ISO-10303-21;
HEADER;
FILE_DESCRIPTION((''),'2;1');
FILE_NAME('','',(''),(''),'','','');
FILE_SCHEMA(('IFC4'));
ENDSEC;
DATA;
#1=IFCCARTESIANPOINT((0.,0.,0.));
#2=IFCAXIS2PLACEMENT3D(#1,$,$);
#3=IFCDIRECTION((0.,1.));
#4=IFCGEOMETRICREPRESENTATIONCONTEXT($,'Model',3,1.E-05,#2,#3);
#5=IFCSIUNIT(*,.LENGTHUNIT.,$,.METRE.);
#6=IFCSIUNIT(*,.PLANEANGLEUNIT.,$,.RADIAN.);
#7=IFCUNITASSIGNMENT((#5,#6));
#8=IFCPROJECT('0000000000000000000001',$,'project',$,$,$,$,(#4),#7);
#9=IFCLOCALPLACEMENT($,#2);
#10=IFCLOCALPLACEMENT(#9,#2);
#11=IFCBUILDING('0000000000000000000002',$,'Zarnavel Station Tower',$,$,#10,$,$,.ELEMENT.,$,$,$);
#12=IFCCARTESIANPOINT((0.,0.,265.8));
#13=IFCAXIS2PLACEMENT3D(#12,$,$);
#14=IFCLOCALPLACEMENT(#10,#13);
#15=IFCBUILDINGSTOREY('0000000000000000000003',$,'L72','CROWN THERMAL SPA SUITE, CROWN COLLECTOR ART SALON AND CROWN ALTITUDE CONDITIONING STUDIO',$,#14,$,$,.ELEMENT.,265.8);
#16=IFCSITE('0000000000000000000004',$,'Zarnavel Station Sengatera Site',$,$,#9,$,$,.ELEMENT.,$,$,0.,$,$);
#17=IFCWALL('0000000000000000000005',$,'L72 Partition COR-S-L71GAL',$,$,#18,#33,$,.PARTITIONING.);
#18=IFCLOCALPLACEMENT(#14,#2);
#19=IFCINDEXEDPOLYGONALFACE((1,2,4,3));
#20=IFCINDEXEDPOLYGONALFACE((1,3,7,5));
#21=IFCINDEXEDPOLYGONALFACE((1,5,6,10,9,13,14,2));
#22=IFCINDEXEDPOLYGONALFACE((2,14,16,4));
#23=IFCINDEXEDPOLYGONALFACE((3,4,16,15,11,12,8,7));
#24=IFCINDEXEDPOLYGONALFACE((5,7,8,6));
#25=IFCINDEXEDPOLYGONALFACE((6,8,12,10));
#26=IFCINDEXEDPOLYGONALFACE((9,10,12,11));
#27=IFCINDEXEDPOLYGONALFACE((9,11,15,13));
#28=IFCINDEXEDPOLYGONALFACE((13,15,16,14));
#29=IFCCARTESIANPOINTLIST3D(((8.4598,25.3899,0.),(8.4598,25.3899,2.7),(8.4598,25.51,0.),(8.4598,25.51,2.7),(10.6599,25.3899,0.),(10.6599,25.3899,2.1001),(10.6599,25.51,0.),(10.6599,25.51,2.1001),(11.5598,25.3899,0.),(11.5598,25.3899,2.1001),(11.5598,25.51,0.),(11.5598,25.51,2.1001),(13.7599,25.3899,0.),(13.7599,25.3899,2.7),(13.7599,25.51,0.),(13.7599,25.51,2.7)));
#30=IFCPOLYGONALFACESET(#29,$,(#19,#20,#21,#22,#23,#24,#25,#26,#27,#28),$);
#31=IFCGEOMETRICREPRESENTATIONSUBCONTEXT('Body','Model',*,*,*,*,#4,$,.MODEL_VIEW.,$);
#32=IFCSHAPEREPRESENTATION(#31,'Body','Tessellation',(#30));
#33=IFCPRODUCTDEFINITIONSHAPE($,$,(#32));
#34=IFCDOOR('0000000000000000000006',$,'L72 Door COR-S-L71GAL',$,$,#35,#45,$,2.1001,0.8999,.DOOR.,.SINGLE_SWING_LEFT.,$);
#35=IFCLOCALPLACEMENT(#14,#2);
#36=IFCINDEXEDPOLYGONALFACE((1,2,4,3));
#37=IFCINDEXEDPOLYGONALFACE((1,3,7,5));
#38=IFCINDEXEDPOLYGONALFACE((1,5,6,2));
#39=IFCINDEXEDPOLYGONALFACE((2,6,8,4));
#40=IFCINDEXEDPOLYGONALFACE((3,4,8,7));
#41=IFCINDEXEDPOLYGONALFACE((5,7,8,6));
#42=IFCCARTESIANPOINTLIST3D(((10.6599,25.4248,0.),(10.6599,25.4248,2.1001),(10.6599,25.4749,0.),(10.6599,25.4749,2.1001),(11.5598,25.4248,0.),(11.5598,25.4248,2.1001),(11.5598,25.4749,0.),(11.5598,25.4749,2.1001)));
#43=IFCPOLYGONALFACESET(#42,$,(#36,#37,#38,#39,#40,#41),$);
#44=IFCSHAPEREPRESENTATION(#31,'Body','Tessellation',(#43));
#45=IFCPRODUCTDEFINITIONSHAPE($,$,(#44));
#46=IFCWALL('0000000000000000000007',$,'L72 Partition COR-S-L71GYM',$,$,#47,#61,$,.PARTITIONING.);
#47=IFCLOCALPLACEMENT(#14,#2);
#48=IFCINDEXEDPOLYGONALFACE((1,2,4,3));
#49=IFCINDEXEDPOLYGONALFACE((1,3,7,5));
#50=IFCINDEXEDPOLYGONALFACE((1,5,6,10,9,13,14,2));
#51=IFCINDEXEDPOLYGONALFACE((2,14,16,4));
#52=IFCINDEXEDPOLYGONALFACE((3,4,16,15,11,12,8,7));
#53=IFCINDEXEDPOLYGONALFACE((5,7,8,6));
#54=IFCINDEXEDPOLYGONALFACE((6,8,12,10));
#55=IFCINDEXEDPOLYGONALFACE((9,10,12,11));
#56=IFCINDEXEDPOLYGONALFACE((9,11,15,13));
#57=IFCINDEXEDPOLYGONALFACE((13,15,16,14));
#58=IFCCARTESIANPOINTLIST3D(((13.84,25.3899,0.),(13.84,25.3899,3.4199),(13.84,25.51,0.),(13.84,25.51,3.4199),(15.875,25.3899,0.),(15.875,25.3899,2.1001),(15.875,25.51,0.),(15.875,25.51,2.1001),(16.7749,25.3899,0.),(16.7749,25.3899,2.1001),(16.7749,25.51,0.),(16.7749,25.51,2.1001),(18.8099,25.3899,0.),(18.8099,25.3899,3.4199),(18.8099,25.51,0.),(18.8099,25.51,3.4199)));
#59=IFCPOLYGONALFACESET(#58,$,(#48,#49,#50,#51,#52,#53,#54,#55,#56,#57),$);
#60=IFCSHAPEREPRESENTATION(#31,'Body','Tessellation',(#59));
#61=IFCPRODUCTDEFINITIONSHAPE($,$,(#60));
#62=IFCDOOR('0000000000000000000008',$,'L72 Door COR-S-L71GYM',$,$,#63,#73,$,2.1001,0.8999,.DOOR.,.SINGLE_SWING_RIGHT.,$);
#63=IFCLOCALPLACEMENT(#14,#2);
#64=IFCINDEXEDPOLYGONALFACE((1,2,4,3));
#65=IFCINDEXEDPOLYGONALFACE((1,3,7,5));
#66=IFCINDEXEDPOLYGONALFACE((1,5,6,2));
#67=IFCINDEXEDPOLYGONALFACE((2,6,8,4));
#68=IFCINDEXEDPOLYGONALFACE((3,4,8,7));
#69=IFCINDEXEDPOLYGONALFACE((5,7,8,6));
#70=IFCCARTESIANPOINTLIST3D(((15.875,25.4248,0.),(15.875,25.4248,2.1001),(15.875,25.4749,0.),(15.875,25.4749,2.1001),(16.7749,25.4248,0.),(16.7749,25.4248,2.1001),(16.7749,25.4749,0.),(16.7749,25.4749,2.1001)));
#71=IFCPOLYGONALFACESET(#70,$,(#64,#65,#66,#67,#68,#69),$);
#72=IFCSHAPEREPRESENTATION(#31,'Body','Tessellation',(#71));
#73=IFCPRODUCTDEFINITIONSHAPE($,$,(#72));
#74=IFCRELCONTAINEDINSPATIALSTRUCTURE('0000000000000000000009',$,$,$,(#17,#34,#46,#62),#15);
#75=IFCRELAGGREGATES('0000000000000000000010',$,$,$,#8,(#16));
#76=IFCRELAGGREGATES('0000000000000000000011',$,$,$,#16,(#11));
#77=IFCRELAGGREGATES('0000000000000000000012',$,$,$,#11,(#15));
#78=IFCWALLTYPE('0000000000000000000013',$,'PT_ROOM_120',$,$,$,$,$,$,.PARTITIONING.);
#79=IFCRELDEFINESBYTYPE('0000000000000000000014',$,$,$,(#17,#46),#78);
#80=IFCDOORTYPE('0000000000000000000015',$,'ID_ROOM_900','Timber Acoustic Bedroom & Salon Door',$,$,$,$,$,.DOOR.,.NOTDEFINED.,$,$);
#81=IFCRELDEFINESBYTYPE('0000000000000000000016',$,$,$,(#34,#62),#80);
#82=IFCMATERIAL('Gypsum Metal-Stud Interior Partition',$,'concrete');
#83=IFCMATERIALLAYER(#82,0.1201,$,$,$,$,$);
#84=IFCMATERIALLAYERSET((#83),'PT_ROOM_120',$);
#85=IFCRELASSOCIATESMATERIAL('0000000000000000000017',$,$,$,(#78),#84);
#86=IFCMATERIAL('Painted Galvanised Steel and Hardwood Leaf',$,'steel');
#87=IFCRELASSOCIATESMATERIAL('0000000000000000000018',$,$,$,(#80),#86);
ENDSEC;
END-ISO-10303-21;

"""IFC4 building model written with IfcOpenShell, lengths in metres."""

from ifc_helpers import new_model, si_unit, direction, frame, frame_2d, origin, place, context, subcontext, project, spatial, rectangle, extrude, material, layer, layer_set, type_object, element, fill, save


model = new_model("IFC4")

# Units and contexts
model_context = context("Model", 3, precision=1e-05, world=origin(), true_north=direction((0.0, 1.0)))
body_context = subcontext(model_context, "Body", "Model", "MODEL_VIEW")
ifc_project = project(units=[si_unit("LENGTHUNIT", "METRE"), si_unit("PLANEANGLEUNIT", "RADIAN")], contexts=[model_context])

# Site, building, storey
site_placement = place(None, origin())
site = spatial("IfcSite", under=ifc_project, at=site_placement, Name="Zarnavel Station Sengatera Site", CompositionType="ELEMENT", RefElevation=0.0)
building_placement = place(site_placement, origin())
building = spatial("IfcBuilding", under=site, at=building_placement, Name="Zarnavel Station Tower", CompositionType="ELEMENT")
storey_placement = place(building_placement, frame((0.0, 0.0, 265.8)))
storey = spatial("IfcBuildingStorey", under=building, at=storey_placement, Name="L72", Description="CROWN THERMAL SPA SUITE, CROWN COLLECTOR ART SALON AND CROWN ALTITUDE CONDITIONING STUDIO", CompositionType="ELEMENT", Elevation=265.8)

# Walls, openings, doors
ifc_material_1 = material(Name="Gypsum Metal-Stud Interior Partition", Category="concrete")
ifc_layer_1 = layer(ifc_material_1, 0.1201)
ifc_layer_set_1 = layer_set([ifc_layer_1], Name="PT_ROOM_120")
wall_type_1 = type_object("IfcWallType", Name="PT_ROOM_120", PredefinedType="PARTITIONING", material=ifc_layer_set_1)
wall_1_placement = place(storey_placement, frame((8.46, 25.45, 0.0), z_axis=(0.0, 0.0, 1.0), x_axis=(1.0, 0.0, 0.0)))
wall_1 = element("IfcWall", 1, at=wall_1_placement, inside=storey, type_object=wall_type_1, Name="L72 Partition COR-S-L71GAL", PredefinedType="PARTITIONING", context=body_context, shape_type="SweptSolid", body=[
    extrude(rectangle(XDim=5.3, YDim=0.1201, at=frame_2d((2.6499, 0.0))), origin(), (0.0, 0.0, 1.0), 2.7),
])
opening_1_placement = place(wall_1_placement, frame((2.2, 0.0, 0.0)))
opening_1 = element("IfcOpeningElement", 2, at=opening_1_placement, cuts=wall_1, PredefinedType="OPENING", context=body_context, shape_type="SweptSolid", body=[
    extrude(rectangle(XDim=0.8999, YDim=2.1001, at=frame_2d((0.45, 1.05))), frame((0.0, 0.0701, 0.0), z_axis=(0.0, -1.0, 0.0), x_axis=(1.0, 0.0, 0.0)), (0.0, 0.0, 1.0), 0.1401),
])
ifc_material_2 = material(Name="Painted Galvanised Steel and Hardwood Leaf", Category="steel")
door_type_1 = type_object("IfcDoorType", Name="ID_ROOM_900", Description="Timber Acoustic Bedroom & Salon Door", OperationType="NOTDEFINED", PredefinedType="DOOR", material=ifc_material_2)
door_1_placement = place(opening_1_placement, origin())
door_1 = element("IfcDoor", 3, at=door_1_placement, inside=storey, type_object=door_type_1, Name="L72 Door COR-S-L71GAL", OperationType="SINGLE_SWING_LEFT", OverallHeight=2.1001, OverallWidth=0.8999, PredefinedType="DOOR", context=body_context, shape_type="SweptSolid", body=[
    extrude(rectangle(XDim=0.8999, YDim=2.1001, at=frame_2d((0.45, 1.05))), frame((0.0, 0.0249, 0.0), z_axis=(0.0, -1.0, 0.0), x_axis=(1.0, 0.0, 0.0)), (0.0, 0.0, 1.0), 0.05),
])
fill(opening_1, door_1)
wall_2_placement = place(storey_placement, frame((13.8401, 25.45, 0.0), z_axis=(0.0, 0.0, 1.0), x_axis=(1.0, 0.0, 0.0)))
wall_2 = element("IfcWall", 4, at=wall_2_placement, inside=storey, type_object=wall_type_1, Name="L72 Partition COR-S-L71GYM", PredefinedType="PARTITIONING", context=body_context, shape_type="SweptSolid", body=[
    extrude(rectangle(XDim=4.97, YDim=0.1201, at=frame_2d((2.4849, 0.0))), origin(), (0.0, 0.0, 1.0), 3.4199),
])
opening_2_placement = place(wall_2_placement, frame((2.0349, 0.0, 0.0)))
opening_2 = element("IfcOpeningElement", 5, at=opening_2_placement, cuts=wall_2, PredefinedType="OPENING", context=body_context, shape_type="SweptSolid", body=[
    extrude(rectangle(XDim=0.8999, YDim=2.1001, at=frame_2d((0.45, 1.05))), frame((0.0, 0.0701, 0.0), z_axis=(0.0, -1.0, 0.0), x_axis=(1.0, 0.0, 0.0)), (0.0, 0.0, 1.0), 0.1401),
])
door_2_placement = place(opening_2_placement, origin())
door_2 = element("IfcDoor", 6, at=door_2_placement, inside=storey, type_object=door_type_1, Name="L72 Door COR-S-L71GYM", OperationType="SINGLE_SWING_RIGHT", OverallHeight=2.1001, OverallWidth=0.8999, PredefinedType="DOOR", context=body_context, shape_type="SweptSolid", body=[
    extrude(rectangle(XDim=0.8999, YDim=2.1001, at=frame_2d((0.45, 1.05))), frame((0.0, 0.0249, 0.0), z_axis=(0.0, -1.0, 0.0), x_axis=(1.0, 0.0, 0.0)), (0.0, 0.0, 1.0), 0.05),
])
fill(opening_2, door_2)

save(model, "model.ifc")
